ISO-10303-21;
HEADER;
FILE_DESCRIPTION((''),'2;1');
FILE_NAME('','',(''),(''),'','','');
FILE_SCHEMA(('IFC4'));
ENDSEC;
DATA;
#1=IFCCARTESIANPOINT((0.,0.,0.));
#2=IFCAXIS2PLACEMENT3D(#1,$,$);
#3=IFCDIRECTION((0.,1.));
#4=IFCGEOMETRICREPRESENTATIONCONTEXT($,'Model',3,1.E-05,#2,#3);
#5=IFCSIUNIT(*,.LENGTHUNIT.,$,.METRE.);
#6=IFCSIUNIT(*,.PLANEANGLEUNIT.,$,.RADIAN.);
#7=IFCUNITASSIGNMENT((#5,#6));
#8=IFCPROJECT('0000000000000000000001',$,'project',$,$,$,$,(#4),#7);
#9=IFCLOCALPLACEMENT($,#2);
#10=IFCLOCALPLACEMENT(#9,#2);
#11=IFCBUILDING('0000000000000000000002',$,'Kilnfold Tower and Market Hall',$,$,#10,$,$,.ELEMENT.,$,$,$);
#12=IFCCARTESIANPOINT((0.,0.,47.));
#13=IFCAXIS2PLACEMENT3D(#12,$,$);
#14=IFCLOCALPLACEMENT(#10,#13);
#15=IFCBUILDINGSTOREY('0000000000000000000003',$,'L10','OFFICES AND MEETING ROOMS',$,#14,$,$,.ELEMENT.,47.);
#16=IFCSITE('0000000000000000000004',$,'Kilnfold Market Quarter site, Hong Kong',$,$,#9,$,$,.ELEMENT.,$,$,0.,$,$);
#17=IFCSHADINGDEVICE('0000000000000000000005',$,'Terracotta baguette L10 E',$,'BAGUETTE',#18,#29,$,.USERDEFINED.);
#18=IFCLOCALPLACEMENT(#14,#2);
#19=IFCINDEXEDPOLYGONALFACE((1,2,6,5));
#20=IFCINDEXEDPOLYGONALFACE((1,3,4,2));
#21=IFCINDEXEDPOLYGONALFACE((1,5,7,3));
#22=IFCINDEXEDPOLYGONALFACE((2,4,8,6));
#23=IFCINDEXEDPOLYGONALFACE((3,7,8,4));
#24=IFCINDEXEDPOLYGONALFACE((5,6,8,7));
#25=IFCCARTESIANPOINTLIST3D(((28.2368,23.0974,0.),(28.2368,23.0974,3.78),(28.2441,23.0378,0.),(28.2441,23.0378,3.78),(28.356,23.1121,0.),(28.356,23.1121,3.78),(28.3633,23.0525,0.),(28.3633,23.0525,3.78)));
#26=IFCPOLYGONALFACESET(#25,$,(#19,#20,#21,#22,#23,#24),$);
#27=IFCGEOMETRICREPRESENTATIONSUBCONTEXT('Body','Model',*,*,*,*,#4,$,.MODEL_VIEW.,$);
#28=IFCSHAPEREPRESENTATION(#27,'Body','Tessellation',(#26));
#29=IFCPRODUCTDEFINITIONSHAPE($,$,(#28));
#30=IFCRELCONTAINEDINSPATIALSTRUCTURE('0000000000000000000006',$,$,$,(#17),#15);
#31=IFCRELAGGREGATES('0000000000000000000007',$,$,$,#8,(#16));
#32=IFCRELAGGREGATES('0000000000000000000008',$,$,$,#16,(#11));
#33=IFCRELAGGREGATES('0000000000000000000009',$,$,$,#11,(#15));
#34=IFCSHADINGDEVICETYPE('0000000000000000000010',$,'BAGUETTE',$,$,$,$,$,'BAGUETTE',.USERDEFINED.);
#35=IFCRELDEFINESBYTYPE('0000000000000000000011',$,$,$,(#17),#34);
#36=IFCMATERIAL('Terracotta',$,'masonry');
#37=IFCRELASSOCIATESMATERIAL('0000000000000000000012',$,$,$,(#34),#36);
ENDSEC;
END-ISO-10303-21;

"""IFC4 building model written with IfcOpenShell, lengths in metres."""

from ifc_helpers import new_model, si_unit, direction, frame, origin, origin_2d, place, context, subcontext, project, spatial, rectangle, extrude, source, transform, mapped, material, material_profile, profile_set, type_object, element, save


model = new_model("IFC4")

# Units and contexts
model_context = context("Model", 3, precision=1e-05, world=origin(), true_north=direction((0.0, 1.0)))
body_context = subcontext(model_context, "Body", "Model", "MODEL_VIEW")
ifc_project = project(units=[si_unit("LENGTHUNIT", "METRE"), si_unit("PLANEANGLEUNIT", "RADIAN")], contexts=[model_context])

# Site, building, storey
site_placement = place(None, origin())
site = spatial("IfcSite", under=ifc_project, at=site_placement, Name="Kilnfold Market Quarter site, Hong Kong", CompositionType="ELEMENT", RefElevation=0.0)
building_placement = place(site_placement, origin())
building = spatial("IfcBuilding", under=site, at=building_placement, Name="Kilnfold Tower and Market Hall", CompositionType="ELEMENT")
storey_placement = place(building_placement, frame((0.0, 0.0, 47.0)))
storey = spatial("IfcBuildingStorey", under=building, at=storey_placement, Name="L10", Description="OFFICES AND MEETING ROOMS", CompositionType="ELEMENT", Elevation=47.0)

# Shading device
ifc_material_1 = material(Name="Terracotta", Category="masonry")
ifc_material_profile_1 = material_profile(ifc_material_1, rectangle(XDim=0.0601, YDim=0.1201, at=origin_2d()), Name="BAG 60x120")
ifc_profile_set_1 = profile_set([ifc_material_profile_1], Name="Terracotta")
shading_device_type = type_object("IfcShadingDeviceType", Name="BAGUETTE", ElementType="BAGUETTE", PredefinedType="USERDEFINED", material=ifc_profile_set_1)
shared_shape_1 = source(origin(), body_context, "Body", "SweptSolid", [
    extrude(rectangle(XDim=0.0601, YDim=0.1201, at=origin_2d()), origin(), (0.0, 0.0, 1.0), 3.78),
])
for number, where, z_axis, x_axis, name in (
    (1, (28.3, 23.075, 0.0), (0.0, 0.0, 1.0), (-0.122974, 0.99241, 0.0), "Terracotta baguette L10 E"),
):
    element("IfcShadingDevice", number, at=place(storey_placement, frame(where, z_axis=z_axis, x_axis=x_axis)), inside=storey, type_object=shading_device_type, Name=name, ObjectType="BAGUETTE", PredefinedType="USERDEFINED", context=body_context, shape_type="MappedRepresentation", body=[
        mapped(shared_shape_1, transform((0.0, 0.0, 0.0))),
    ])

save(model, "model.ifc")
